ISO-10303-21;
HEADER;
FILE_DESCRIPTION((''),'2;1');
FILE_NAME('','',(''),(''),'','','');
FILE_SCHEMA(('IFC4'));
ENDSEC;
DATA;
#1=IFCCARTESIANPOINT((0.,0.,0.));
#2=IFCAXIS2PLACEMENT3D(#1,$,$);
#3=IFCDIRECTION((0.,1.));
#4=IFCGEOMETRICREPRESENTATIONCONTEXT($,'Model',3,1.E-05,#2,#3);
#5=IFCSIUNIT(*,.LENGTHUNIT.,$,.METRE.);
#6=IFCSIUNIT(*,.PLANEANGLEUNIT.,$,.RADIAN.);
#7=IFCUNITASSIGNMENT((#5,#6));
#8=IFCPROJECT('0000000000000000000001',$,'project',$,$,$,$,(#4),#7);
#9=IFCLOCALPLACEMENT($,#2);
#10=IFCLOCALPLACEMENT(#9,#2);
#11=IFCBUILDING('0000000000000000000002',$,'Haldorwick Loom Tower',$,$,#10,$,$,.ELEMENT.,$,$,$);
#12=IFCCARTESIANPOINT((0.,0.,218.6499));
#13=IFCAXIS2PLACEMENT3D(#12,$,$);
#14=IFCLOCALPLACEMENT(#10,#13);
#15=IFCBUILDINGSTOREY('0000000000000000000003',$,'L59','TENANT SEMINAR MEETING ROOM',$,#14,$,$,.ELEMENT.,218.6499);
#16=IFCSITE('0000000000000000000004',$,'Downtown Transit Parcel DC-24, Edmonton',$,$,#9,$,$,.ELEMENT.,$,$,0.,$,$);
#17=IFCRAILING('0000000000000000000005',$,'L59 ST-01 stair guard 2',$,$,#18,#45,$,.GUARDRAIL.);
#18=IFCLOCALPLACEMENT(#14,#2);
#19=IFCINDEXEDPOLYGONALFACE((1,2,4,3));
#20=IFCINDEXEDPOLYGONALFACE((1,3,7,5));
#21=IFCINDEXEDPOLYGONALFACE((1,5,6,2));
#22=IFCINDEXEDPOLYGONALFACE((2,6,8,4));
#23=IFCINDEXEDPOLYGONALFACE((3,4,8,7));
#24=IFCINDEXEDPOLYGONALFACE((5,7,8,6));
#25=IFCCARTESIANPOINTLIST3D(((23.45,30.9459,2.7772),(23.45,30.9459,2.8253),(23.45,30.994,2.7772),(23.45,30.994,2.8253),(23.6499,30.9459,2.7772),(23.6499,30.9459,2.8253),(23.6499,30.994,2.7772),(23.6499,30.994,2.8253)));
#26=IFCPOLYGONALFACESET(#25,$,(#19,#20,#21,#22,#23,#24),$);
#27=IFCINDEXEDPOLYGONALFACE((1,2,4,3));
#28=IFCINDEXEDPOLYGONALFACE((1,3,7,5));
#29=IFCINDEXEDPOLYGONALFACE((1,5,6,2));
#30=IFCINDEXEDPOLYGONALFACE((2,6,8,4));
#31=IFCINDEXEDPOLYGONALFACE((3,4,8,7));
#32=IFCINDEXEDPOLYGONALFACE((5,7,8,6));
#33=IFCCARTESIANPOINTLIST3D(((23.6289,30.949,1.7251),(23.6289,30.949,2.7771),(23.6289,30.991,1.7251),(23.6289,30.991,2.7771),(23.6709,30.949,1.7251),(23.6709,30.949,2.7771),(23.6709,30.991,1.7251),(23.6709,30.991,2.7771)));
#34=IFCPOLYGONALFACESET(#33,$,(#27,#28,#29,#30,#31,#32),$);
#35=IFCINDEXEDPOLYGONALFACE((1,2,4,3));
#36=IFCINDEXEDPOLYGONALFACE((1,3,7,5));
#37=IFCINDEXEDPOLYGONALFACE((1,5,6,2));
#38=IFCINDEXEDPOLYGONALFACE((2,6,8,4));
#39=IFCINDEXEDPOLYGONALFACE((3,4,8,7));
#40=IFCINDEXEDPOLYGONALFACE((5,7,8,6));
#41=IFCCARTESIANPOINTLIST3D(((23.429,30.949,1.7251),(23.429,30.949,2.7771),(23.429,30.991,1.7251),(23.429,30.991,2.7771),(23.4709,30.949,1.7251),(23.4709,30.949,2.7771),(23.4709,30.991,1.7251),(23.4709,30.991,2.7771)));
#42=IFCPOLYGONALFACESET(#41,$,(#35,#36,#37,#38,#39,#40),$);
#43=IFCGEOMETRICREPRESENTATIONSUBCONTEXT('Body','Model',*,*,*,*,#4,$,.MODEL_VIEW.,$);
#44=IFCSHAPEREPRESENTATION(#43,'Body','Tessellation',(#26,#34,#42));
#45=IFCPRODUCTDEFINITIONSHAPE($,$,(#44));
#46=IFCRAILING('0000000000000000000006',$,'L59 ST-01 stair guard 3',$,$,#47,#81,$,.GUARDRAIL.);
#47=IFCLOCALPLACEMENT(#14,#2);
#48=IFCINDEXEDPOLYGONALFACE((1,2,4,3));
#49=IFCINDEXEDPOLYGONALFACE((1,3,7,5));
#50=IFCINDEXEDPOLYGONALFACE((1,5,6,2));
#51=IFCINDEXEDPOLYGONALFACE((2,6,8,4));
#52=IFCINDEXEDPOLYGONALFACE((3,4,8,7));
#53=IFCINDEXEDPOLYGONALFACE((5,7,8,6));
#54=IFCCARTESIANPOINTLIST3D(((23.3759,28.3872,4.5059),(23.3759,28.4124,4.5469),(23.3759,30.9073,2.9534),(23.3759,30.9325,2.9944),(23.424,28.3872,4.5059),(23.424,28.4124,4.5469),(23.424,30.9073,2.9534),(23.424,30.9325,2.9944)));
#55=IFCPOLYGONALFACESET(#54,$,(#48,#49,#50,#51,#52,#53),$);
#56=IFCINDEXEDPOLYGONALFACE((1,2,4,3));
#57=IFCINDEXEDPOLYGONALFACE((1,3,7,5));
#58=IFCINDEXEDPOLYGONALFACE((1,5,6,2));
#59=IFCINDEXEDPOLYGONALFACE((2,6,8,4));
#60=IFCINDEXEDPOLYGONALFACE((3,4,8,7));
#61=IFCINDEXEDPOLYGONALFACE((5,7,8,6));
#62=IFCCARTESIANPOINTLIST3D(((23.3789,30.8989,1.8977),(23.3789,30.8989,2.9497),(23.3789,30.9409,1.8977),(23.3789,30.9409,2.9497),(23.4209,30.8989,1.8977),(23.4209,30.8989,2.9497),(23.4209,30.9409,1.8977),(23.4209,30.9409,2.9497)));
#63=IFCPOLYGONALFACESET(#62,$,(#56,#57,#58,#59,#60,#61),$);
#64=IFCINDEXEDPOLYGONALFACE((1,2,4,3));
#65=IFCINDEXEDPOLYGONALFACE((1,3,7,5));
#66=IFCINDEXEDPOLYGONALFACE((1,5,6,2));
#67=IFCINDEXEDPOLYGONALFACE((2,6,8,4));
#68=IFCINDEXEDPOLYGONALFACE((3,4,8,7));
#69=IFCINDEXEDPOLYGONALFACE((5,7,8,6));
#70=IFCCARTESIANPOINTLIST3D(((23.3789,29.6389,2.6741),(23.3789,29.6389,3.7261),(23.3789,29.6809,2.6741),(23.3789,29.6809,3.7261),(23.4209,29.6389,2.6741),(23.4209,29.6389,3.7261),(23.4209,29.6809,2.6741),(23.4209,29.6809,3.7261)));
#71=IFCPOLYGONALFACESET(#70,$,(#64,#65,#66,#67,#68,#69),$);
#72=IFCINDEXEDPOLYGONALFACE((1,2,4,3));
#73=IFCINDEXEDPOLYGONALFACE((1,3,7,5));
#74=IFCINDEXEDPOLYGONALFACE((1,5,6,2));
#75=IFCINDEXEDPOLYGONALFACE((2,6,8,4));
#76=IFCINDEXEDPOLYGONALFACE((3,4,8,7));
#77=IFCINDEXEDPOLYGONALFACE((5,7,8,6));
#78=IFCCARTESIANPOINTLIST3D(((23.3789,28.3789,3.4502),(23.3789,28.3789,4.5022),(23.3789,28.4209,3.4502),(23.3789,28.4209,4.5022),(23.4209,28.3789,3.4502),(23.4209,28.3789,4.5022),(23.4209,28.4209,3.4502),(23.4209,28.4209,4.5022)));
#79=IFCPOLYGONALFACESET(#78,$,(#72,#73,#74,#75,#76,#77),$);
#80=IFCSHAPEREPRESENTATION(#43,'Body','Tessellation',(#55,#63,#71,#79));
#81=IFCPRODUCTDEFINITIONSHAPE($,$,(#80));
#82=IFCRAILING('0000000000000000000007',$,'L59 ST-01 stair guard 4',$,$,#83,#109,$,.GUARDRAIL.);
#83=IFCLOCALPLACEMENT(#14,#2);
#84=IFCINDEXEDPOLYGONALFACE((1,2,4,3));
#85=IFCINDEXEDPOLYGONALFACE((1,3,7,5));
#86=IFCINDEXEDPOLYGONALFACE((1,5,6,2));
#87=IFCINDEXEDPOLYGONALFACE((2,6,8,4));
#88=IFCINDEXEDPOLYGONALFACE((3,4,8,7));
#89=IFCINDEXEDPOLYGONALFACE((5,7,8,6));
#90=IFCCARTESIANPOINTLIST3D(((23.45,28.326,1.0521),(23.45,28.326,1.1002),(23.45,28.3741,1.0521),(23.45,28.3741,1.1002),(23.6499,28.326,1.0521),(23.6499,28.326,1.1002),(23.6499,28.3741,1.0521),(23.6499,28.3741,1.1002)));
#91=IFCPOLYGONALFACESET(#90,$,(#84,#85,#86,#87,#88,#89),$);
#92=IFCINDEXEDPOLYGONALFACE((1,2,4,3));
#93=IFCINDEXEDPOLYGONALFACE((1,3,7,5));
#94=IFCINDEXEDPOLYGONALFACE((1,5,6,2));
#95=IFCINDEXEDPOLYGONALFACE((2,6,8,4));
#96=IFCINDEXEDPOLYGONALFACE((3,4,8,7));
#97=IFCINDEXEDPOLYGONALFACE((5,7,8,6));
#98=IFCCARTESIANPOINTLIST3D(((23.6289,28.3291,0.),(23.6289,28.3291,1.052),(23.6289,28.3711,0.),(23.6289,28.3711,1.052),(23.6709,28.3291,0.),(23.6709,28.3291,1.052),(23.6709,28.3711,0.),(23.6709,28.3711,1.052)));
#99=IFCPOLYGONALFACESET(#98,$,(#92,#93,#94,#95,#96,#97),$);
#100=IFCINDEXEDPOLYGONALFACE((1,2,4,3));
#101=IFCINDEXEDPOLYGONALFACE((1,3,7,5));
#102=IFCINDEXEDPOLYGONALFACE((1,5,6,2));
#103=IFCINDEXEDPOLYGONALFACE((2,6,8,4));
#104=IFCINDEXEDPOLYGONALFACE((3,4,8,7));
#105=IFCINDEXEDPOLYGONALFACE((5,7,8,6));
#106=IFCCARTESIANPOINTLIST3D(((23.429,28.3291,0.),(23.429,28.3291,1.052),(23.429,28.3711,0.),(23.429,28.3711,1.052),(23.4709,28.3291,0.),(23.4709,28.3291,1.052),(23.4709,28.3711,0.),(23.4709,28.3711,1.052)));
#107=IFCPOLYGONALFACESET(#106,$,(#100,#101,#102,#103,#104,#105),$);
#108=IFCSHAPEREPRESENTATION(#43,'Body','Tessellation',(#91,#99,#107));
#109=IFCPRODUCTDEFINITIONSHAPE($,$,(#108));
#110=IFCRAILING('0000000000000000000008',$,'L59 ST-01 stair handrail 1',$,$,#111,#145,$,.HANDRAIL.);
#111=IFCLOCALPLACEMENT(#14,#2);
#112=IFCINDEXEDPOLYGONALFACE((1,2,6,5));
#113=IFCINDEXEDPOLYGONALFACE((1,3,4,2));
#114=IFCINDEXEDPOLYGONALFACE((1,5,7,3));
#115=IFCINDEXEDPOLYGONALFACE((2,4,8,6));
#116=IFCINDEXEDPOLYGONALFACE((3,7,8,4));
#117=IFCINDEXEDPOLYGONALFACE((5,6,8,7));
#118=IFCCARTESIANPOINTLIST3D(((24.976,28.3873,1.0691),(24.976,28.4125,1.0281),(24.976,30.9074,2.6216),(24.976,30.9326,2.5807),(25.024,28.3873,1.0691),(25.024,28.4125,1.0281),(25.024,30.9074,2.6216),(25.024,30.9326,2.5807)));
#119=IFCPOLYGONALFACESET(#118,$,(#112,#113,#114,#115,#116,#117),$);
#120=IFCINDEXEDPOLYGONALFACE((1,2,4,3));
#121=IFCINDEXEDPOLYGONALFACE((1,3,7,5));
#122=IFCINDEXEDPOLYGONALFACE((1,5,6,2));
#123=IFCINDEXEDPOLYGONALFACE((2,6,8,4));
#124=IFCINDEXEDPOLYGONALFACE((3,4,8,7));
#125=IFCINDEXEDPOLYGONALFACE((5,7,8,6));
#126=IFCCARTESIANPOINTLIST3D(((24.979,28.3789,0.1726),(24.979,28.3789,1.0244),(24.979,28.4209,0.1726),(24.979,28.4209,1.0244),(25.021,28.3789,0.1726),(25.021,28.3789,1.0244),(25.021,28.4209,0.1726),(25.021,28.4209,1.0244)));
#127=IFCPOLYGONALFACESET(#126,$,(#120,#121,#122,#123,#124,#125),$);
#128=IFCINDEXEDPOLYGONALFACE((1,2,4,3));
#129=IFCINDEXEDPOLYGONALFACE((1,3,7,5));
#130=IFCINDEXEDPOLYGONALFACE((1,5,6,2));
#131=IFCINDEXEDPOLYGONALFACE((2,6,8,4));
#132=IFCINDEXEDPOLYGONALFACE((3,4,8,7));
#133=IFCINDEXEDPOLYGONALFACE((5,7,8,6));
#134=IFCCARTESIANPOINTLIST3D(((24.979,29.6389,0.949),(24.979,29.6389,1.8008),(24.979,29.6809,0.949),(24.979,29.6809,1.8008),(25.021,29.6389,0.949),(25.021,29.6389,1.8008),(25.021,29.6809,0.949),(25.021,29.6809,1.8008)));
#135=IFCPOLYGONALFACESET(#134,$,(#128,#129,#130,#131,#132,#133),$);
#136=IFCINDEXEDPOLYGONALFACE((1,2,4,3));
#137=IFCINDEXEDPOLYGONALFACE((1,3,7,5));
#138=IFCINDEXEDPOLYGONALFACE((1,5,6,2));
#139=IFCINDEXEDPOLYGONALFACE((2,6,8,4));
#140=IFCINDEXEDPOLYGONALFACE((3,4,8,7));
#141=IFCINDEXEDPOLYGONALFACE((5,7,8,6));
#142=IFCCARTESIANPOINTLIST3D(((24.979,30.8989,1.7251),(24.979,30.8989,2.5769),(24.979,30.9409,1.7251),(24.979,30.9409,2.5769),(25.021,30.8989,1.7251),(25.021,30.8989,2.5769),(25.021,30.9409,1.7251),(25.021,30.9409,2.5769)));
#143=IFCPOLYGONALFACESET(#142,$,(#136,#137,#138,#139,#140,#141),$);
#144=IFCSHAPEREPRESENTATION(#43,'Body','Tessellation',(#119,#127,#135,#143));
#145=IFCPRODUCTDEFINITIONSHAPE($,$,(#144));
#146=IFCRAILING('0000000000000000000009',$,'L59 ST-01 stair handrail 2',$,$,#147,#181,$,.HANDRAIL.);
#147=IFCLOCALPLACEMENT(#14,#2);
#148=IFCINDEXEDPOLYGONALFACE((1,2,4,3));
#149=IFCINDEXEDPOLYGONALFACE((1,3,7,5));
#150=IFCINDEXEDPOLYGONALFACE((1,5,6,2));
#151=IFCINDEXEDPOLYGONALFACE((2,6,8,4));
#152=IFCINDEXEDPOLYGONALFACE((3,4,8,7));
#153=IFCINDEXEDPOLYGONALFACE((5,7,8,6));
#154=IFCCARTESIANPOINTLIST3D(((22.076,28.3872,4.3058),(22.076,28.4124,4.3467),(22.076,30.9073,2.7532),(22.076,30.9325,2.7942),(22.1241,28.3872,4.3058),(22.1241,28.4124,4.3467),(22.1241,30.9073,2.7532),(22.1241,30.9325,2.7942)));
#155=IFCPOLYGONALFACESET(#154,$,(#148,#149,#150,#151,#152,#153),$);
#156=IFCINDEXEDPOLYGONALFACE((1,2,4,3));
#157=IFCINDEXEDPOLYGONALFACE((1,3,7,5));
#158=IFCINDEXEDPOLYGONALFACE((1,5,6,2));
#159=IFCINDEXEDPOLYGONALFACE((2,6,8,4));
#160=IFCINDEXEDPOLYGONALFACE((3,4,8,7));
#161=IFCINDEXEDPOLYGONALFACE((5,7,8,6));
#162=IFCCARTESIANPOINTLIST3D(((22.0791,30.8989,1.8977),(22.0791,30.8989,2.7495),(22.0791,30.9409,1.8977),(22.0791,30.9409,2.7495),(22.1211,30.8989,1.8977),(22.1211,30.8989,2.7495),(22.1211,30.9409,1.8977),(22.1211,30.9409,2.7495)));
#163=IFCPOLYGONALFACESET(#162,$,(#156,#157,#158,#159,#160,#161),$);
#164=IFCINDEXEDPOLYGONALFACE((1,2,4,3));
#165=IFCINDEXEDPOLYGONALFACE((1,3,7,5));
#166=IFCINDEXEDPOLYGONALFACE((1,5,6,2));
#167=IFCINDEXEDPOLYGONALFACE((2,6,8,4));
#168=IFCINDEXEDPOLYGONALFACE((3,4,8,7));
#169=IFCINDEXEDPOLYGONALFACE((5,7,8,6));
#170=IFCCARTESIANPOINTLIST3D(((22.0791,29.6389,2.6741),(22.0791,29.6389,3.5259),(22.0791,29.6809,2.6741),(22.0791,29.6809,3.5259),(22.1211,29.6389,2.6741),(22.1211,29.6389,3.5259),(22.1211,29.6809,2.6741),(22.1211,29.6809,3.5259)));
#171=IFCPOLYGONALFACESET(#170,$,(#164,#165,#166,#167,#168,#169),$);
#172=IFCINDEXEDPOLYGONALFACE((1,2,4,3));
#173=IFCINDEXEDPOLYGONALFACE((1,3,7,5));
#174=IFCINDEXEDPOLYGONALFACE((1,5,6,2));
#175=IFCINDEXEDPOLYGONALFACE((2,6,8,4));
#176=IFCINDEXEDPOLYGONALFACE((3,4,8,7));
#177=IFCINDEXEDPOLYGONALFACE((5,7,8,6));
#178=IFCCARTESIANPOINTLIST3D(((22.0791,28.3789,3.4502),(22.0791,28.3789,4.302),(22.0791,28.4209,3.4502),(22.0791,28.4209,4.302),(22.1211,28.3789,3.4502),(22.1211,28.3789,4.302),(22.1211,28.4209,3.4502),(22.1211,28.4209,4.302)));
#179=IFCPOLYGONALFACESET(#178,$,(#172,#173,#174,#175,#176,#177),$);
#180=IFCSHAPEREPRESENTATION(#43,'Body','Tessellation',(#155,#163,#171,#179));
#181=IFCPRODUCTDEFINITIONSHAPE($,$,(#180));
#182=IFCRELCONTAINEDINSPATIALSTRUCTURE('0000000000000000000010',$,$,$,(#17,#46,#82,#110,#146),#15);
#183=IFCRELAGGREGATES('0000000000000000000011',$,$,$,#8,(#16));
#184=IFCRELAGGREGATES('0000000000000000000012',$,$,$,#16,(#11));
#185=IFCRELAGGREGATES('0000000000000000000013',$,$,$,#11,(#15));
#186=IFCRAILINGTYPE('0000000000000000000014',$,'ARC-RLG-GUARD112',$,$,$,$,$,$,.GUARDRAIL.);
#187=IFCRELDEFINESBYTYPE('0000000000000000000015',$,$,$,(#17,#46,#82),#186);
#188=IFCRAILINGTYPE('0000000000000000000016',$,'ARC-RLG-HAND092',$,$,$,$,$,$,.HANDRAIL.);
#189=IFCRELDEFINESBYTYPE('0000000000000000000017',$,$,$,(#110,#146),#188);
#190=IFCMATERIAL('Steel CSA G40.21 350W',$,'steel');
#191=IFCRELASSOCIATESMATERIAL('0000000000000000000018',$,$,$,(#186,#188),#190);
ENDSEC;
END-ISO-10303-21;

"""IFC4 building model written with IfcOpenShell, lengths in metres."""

from ifc_helpers import new_model, si_unit, direction, frame, origin, origin_2d, place, context, subcontext, project, spatial, rectangle, extrude, material, type_object, element, save


model = new_model("IFC4")

# Units and contexts
model_context = context("Model", 3, precision=1e-05, world=origin(), true_north=direction((0.0, 1.0)))
body_context = subcontext(model_context, "Body", "Model", "MODEL_VIEW")
ifc_project = project(units=[si_unit("LENGTHUNIT", "METRE"), si_unit("PLANEANGLEUNIT", "RADIAN")], contexts=[model_context])

# Site, building, storey
site_placement = place(None, origin())
site = spatial("IfcSite", under=ifc_project, at=site_placement, Name="Downtown Transit Parcel DC-24, Edmonton", CompositionType="ELEMENT", RefElevation=0.0)
building_placement = place(site_placement, origin())
building = spatial("IfcBuilding", under=site, at=building_placement, Name="Haldorwick Loom Tower", CompositionType="ELEMENT")
storey_placement = place(building_placement, frame((0.0, 0.0, 218.6499)))
storey = spatial("IfcBuildingStorey", under=building, at=storey_placement, Name="L59", Description="TENANT SEMINAR MEETING ROOM", CompositionType="ELEMENT", Elevation=218.6499)

# Shared definitions
ifc_material_1 = material(Name="Steel CSA G40.21 350W", Category="steel")

# Railings
railing_type_1 = type_object("IfcRailingType", Name="ARC-RLG-GUARD112", PredefinedType="GUARDRAIL", material=ifc_material_1)
railing_1_placement = place(storey_placement, frame((23.6499, 30.97, 1.7251)))
element("IfcRailing", 1, at=railing_1_placement, inside=storey, type_object=railing_type_1, Name="L59 ST-01 stair guard 2", PredefinedType="GUARDRAIL", context=body_context, shape_type="SweptSolid", body=[
    extrude(rectangle(XDim=0.0481, YDim=0.0481, at=origin_2d()), frame((0.0, 0.0, 1.0762), z_axis=(-1.0, 0.0, 0.0), x_axis=(0.0, -1.0, 0.0)), (0.0, 0.0, 1.0), 0.2),
    extrude(rectangle(XDim=0.042, YDim=0.042, at=origin_2d()), origin(), (0.0, 0.0, 1.0), 1.052),
    extrude(rectangle(XDim=0.042, YDim=0.042, at=origin_2d()), frame((-0.2, 0.0, 0.0)), (0.0, 0.0, 1.0), 1.052),
])
railing_2_placement = place(storey_placement, frame((23.3999, 30.9199, 1.8977)))
element("IfcRailing", 2, at=railing_2_placement, inside=storey, type_object=railing_type_1, Name="L59 ST-01 stair guard 3", PredefinedType="GUARDRAIL", context=body_context, shape_type="SweptSolid", body=[
    extrude(rectangle(XDim=0.0481, YDim=0.0481, at=origin_2d()), frame((0.0, 0.0, 1.0762), z_axis=(0.0, -0.8514, 0.524516), x_axis=(1.0, 0.0, 0.0)), (0.0, 0.0, 1.0), 2.96),
    extrude(rectangle(XDim=0.042, YDim=0.042, at=origin_2d()), origin(), (0.0, 0.0, 1.0), 1.052),
    extrude(rectangle(XDim=0.042, YDim=0.042, at=origin_2d()), frame((0.0, -1.26, 0.7764)), (0.0, 0.0, 1.0), 1.052),
    extrude(rectangle(XDim=0.042, YDim=0.042, at=origin_2d()), frame((0.0, -2.52, 1.5525)), (0.0, 0.0, 1.0), 1.052),
])
railing_3_placement = place(storey_placement, frame((23.6499, 28.3501, 0.0)))
element("IfcRailing", 3, at=railing_3_placement, inside=storey, type_object=railing_type_1, Name="L59 ST-01 stair guard 4", PredefinedType="GUARDRAIL", context=body_context, shape_type="SweptSolid", body=[
    extrude(rectangle(XDim=0.0481, YDim=0.0481, at=origin_2d()), frame((0.0, 0.0, 1.0762), z_axis=(-1.0, 0.0, 0.0), x_axis=(0.0, -1.0, 0.0)), (0.0, 0.0, 1.0), 0.2),
    extrude(rectangle(XDim=0.042, YDim=0.042, at=origin_2d()), origin(), (0.0, 0.0, 1.0), 1.052),
    extrude(rectangle(XDim=0.042, YDim=0.042, at=origin_2d()), frame((-0.2, 0.0, 0.0)), (0.0, 0.0, 1.0), 1.052),
])
railing_type_2 = type_object("IfcRailingType", Name="ARC-RLG-HAND092", PredefinedType="HANDRAIL", material=ifc_material_1)
railing_4_placement = place(storey_placement, frame((25.0, 28.3999, 0.1726)))
element("IfcRailing", 4, at=railing_4_placement, inside=storey, type_object=railing_type_2, Name="L59 ST-01 stair handrail 1", PredefinedType="HANDRAIL", context=body_context, shape_type="SweptSolid", body=[
    extrude(rectangle(XDim=0.0481, YDim=0.0481, at=origin_2d()), frame((0.0, 0.0, 0.876), z_axis=(0.0, 0.8514, 0.524516), x_axis=(-1.0, 0.0, 0.0)), (0.0, 0.0, 1.0), 2.96),
    extrude(rectangle(XDim=0.042, YDim=0.042, at=origin_2d()), origin(), (0.0, 0.0, 1.0), 0.8518),
    extrude(rectangle(XDim=0.042, YDim=0.042, at=origin_2d()), frame((0.0, 1.26, 0.7764)), (0.0, 0.0, 1.0), 0.8518),
    extrude(rectangle(XDim=0.042, YDim=0.042, at=origin_2d()), frame((0.0, 2.52, 1.5525)), (0.0, 0.0, 1.0), 0.8518),
])
railing_5_placement = place(storey_placement, frame((22.1001, 30.9199, 1.8977)))
element("IfcRailing", 5, at=railing_5_placement, inside=storey, type_object=railing_type_2, Name="L59 ST-01 stair handrail 2", PredefinedType="HANDRAIL", context=body_context, shape_type="SweptSolid", body=[
    extrude(rectangle(XDim=0.0481, YDim=0.0481, at=origin_2d()), frame((0.0, 0.0, 0.876), z_axis=(0.0, -0.8514, 0.524516), x_axis=(1.0, 0.0, 0.0)), (0.0, 0.0, 1.0), 2.96),
    extrude(rectangle(XDim=0.042, YDim=0.042, at=origin_2d()), origin(), (0.0, 0.0, 1.0), 0.8518),
    extrude(rectangle(XDim=0.042, YDim=0.042, at=origin_2d()), frame((0.0, -1.26, 0.7764)), (0.0, 0.0, 1.0), 0.8518),
    extrude(rectangle(XDim=0.042, YDim=0.042, at=origin_2d()), frame((0.0, -2.52, 1.5525)), (0.0, 0.0, 1.0), 0.8518),
])

save(model, "model.ifc")
